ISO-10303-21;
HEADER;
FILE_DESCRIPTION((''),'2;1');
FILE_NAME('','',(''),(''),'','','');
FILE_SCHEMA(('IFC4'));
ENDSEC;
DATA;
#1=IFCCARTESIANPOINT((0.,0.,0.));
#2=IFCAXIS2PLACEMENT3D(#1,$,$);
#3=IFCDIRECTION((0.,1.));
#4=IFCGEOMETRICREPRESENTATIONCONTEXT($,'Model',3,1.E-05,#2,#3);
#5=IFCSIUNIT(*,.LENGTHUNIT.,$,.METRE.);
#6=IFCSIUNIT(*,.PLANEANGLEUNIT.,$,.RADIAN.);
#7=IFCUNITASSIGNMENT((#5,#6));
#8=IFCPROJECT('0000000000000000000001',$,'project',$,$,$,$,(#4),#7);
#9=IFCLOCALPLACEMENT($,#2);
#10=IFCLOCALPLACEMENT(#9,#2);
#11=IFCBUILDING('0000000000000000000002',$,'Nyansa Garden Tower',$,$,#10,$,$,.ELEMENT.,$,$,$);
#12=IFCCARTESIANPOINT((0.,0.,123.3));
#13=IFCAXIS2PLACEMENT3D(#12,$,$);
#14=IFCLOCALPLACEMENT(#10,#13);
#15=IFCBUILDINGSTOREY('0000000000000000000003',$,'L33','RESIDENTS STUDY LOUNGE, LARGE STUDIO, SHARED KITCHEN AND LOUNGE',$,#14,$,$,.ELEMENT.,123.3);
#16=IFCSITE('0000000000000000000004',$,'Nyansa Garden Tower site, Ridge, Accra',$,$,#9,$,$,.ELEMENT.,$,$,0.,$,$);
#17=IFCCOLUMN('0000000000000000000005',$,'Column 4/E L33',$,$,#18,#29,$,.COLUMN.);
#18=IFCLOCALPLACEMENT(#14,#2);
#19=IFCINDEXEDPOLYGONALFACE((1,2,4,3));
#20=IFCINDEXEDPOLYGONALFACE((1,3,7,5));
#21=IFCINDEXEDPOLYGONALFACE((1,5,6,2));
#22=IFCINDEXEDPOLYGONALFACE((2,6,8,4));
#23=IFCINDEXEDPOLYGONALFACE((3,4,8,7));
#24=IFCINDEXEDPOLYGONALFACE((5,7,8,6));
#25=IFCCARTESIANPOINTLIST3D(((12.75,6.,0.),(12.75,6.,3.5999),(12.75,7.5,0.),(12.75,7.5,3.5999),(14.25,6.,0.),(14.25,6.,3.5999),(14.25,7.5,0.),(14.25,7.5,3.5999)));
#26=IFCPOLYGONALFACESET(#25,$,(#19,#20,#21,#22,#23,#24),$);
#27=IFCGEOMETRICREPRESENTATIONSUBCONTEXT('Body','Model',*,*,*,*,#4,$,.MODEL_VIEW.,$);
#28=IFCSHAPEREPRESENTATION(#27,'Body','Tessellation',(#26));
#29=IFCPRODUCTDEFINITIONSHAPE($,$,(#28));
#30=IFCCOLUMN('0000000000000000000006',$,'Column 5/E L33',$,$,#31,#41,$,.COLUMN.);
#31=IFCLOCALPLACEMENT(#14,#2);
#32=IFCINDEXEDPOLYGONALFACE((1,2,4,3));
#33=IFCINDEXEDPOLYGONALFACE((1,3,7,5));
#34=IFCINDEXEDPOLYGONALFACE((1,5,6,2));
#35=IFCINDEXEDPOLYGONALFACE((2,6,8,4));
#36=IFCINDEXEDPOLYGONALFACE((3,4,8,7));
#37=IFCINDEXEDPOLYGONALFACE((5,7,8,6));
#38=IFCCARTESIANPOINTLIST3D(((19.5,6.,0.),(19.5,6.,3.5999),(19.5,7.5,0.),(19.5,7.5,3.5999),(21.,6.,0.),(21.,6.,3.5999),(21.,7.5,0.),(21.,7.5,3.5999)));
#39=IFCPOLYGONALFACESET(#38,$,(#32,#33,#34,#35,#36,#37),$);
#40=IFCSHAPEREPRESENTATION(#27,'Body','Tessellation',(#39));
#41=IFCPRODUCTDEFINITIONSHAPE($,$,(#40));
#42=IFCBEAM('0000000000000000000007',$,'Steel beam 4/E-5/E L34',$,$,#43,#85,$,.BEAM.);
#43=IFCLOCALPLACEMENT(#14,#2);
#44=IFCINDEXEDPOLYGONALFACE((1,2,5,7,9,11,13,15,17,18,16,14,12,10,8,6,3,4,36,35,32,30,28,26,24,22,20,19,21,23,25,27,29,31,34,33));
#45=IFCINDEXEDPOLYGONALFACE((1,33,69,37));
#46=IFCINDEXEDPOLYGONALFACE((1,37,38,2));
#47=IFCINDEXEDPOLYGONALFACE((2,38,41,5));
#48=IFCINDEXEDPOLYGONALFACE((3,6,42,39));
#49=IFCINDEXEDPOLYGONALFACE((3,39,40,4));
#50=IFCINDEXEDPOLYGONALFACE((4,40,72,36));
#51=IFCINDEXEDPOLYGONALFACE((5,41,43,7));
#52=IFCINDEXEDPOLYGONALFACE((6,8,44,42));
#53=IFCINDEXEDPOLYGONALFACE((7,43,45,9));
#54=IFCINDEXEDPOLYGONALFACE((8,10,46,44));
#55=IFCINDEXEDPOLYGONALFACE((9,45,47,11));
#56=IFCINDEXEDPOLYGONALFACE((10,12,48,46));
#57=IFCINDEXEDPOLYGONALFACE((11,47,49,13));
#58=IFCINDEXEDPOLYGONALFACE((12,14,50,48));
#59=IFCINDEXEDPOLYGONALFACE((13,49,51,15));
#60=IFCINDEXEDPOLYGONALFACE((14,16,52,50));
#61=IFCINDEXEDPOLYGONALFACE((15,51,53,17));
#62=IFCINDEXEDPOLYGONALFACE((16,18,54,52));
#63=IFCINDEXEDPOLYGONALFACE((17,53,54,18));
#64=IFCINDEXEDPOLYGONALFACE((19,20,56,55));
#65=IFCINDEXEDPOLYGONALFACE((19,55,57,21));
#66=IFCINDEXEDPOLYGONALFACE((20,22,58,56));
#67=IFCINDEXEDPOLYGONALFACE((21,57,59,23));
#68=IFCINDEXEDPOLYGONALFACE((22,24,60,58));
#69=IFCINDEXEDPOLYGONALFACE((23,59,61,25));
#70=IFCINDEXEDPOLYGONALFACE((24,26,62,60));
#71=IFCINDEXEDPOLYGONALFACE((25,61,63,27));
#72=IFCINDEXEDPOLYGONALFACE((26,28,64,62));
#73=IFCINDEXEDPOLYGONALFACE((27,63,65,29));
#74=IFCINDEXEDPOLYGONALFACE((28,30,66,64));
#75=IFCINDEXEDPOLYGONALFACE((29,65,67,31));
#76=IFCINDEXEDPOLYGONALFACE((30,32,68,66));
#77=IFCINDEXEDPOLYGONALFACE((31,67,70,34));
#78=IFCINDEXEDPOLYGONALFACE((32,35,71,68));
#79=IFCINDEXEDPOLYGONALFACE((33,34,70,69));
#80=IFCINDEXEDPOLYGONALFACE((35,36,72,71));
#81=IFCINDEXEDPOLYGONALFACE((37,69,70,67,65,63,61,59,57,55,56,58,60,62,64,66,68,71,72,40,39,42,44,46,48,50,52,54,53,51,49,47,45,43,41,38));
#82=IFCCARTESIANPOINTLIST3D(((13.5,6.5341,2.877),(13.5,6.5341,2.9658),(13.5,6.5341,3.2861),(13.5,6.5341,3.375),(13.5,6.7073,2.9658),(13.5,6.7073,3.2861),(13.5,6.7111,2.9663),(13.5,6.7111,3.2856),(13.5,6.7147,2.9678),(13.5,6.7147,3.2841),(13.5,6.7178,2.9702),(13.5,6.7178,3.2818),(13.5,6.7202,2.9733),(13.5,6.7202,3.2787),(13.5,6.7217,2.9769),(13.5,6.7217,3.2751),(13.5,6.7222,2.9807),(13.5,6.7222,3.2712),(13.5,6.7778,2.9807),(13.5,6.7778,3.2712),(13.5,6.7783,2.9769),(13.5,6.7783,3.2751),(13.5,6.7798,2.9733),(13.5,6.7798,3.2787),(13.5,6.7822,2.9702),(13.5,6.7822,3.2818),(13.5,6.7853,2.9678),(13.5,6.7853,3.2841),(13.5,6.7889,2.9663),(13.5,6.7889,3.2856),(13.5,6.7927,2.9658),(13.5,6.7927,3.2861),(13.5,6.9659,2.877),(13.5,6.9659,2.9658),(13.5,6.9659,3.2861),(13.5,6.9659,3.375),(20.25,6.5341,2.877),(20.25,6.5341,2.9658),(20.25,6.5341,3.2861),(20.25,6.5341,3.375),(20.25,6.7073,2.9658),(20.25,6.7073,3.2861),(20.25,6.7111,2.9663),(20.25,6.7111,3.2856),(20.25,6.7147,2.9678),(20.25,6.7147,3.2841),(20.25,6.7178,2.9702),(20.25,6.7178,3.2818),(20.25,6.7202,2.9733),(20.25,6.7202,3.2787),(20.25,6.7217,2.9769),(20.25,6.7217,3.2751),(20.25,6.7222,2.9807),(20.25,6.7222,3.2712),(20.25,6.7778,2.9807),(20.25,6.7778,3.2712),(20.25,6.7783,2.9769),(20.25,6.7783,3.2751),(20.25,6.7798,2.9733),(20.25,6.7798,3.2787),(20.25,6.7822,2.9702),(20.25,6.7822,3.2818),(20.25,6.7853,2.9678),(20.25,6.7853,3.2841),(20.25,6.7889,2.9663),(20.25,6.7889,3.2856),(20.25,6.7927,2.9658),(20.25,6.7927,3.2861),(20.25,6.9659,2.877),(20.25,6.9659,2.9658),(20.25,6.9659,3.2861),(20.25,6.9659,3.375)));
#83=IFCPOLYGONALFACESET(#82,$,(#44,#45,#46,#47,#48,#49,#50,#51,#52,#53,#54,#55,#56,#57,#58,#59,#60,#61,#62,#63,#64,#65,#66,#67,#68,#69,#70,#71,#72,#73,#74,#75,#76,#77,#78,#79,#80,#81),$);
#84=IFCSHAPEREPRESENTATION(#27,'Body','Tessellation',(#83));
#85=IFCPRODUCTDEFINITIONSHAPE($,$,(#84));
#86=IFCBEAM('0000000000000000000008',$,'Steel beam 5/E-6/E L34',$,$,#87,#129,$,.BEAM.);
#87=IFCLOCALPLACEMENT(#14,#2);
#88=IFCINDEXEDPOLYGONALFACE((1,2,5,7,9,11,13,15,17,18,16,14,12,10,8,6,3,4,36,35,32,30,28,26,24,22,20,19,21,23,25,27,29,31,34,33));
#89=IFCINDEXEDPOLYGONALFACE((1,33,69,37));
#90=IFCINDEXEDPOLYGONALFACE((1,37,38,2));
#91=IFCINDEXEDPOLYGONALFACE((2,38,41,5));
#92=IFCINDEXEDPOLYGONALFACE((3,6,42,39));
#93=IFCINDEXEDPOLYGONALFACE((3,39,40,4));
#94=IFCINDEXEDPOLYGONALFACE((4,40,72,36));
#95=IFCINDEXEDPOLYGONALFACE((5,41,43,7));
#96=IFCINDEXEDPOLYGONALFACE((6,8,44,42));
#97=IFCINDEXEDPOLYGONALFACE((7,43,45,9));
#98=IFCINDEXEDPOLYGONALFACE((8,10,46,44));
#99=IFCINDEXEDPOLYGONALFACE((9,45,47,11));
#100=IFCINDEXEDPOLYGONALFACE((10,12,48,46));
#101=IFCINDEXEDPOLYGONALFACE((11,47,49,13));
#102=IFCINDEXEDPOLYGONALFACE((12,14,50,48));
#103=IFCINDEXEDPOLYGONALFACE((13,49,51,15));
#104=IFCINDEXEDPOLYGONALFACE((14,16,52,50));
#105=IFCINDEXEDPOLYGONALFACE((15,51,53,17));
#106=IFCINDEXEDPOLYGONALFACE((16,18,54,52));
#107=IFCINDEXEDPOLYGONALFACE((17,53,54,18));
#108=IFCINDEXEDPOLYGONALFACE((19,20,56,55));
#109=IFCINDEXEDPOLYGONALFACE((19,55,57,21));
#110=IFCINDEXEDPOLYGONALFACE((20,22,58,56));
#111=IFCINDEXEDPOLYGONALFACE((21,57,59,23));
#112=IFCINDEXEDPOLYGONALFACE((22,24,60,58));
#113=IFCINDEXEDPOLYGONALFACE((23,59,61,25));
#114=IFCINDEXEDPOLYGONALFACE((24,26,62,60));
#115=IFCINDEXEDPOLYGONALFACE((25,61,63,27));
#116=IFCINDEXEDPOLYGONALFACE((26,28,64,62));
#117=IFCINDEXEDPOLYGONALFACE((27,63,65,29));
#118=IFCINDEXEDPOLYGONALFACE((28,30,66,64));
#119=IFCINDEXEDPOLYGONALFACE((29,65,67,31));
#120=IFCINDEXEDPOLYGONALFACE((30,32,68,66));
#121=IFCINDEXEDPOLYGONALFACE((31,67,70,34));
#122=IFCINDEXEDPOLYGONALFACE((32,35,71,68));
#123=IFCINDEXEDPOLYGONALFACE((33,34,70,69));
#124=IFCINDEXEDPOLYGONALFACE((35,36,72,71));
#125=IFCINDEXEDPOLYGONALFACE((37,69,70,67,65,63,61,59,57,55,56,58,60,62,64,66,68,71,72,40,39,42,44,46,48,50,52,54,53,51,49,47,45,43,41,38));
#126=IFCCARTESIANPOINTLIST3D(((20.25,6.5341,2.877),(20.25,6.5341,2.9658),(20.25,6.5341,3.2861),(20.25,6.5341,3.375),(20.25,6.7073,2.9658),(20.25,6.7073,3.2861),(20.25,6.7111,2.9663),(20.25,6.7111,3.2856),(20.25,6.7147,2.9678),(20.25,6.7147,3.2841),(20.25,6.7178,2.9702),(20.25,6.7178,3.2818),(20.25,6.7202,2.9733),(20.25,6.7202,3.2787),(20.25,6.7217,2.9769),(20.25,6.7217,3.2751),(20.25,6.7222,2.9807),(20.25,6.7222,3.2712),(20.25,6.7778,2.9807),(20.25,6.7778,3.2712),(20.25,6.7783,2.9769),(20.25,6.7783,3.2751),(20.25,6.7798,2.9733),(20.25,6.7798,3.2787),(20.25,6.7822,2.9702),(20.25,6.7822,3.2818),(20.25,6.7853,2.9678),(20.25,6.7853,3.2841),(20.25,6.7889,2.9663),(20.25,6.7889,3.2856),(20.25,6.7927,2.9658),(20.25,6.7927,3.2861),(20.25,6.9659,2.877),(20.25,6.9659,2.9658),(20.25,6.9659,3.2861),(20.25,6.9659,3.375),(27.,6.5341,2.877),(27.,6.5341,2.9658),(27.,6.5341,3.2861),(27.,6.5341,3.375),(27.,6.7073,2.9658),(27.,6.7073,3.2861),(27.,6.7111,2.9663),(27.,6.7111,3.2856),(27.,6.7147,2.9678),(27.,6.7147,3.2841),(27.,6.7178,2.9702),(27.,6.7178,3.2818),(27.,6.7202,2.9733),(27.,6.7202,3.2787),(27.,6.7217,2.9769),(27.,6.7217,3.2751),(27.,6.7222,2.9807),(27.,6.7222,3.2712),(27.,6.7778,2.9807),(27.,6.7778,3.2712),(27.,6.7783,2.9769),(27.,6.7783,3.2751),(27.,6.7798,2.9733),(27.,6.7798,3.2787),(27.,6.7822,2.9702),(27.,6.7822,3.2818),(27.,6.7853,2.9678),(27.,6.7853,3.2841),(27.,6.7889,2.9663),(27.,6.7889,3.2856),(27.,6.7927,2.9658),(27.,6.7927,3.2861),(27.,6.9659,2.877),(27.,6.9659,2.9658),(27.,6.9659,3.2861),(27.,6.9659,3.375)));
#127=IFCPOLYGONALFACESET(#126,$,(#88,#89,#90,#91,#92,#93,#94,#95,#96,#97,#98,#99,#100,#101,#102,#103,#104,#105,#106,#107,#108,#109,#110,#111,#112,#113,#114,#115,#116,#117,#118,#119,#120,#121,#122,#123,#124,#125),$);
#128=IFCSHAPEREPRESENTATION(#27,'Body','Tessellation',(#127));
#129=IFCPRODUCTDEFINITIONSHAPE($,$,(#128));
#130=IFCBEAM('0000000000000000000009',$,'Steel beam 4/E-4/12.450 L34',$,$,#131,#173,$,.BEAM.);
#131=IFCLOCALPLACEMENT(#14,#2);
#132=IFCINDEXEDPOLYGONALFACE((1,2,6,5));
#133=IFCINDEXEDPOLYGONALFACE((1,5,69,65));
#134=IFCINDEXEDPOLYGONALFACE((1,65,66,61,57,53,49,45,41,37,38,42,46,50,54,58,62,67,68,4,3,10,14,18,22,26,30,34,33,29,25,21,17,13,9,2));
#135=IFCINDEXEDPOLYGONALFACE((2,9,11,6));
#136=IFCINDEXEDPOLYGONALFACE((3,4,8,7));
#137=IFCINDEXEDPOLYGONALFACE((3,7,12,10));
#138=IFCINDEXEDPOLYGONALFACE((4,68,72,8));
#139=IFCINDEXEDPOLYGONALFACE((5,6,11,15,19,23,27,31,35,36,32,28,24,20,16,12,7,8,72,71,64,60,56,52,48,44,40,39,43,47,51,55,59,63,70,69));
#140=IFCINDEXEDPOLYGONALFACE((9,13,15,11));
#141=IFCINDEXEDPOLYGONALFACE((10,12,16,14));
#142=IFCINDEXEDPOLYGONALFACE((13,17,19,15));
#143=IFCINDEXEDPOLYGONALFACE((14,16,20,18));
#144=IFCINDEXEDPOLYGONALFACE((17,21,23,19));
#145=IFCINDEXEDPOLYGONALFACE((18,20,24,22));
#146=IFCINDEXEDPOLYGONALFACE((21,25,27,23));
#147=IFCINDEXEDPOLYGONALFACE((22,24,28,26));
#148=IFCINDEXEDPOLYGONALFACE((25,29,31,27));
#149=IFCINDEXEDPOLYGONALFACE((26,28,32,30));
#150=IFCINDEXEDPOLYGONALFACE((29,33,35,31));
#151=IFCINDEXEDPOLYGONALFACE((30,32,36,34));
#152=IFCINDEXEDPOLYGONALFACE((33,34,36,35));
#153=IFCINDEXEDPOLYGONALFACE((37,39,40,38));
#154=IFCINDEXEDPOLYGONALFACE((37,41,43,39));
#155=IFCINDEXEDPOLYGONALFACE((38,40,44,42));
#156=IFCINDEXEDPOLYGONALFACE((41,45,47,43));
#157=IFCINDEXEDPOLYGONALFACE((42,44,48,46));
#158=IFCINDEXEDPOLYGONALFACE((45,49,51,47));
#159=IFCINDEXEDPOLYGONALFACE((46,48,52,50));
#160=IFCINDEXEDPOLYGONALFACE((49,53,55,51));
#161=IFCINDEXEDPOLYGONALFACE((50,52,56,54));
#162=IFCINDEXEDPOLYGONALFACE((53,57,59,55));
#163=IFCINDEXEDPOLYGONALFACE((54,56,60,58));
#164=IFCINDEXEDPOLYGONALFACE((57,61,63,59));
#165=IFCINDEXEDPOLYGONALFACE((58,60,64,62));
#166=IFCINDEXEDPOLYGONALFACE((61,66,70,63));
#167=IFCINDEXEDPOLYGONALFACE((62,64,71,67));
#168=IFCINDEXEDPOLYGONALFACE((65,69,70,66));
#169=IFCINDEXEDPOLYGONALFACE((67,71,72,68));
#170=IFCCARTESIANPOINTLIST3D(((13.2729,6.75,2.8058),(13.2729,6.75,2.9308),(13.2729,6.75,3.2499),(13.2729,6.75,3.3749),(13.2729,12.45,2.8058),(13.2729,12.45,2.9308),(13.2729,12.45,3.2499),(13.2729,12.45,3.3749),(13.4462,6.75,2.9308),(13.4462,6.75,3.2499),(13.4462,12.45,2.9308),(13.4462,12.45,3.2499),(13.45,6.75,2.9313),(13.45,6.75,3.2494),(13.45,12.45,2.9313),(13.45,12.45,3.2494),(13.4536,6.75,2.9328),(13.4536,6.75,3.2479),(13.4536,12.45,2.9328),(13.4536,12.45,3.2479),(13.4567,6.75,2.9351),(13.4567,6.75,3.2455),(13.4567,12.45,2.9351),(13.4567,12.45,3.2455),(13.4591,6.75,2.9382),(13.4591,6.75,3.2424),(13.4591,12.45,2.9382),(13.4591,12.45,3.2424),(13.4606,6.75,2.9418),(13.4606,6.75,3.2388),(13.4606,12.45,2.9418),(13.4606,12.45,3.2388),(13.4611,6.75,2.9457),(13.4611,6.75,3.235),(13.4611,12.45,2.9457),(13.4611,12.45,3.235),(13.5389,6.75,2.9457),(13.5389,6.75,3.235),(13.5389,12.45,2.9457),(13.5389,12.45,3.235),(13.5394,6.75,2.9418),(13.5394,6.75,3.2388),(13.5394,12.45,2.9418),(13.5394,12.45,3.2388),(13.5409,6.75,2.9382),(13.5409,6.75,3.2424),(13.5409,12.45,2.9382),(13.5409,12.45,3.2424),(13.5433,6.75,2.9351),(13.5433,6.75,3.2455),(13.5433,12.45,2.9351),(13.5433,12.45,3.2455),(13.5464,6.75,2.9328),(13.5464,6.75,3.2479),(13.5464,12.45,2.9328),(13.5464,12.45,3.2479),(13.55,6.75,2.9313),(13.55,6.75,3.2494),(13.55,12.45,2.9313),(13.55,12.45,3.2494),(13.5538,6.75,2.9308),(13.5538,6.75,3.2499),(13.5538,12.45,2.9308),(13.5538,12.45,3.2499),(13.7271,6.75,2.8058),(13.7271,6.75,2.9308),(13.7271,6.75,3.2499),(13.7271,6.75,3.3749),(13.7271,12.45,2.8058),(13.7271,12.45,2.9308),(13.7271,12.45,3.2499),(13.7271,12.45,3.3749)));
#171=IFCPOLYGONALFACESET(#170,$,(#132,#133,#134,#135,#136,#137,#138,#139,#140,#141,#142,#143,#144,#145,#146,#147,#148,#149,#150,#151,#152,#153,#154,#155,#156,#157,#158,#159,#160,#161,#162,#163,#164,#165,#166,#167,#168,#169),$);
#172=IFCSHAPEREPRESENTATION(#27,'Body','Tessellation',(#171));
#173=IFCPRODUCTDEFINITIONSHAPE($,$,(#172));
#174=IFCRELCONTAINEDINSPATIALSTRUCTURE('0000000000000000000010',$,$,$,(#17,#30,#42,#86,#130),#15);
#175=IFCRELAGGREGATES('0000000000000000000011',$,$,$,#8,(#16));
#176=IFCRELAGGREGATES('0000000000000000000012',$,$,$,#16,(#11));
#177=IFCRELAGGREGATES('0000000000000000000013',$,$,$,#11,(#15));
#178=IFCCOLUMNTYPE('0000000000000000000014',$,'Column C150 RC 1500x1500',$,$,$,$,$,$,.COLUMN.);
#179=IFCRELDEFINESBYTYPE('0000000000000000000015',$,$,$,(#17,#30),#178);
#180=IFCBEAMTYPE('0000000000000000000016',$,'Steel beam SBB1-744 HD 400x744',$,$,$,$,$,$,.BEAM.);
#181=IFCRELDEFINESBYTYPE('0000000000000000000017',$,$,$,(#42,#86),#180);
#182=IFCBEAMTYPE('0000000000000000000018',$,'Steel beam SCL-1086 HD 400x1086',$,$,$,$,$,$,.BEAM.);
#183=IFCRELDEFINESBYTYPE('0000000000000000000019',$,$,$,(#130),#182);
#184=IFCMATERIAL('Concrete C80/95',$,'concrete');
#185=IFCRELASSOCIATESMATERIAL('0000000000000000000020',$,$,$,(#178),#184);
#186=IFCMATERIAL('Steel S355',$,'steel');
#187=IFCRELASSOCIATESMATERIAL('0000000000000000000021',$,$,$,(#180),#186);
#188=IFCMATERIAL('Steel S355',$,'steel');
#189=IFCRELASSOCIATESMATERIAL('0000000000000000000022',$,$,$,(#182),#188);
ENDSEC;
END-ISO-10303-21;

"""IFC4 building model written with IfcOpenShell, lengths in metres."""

from ifc_helpers import new_model, si_unit, direction, frame, origin, origin_2d, place, context, subcontext, project, spatial, rectangle, i_section, extrude, material, material_profile, profile_set, type_object, element, save


model = new_model("IFC4")

# Units and contexts
model_context = context("Model", 3, precision=1e-05, world=origin(), true_north=direction((0.0, 1.0)))
body_context = subcontext(model_context, "Body", "Model", "MODEL_VIEW")
ifc_project = project(units=[si_unit("LENGTHUNIT", "METRE"), si_unit("PLANEANGLEUNIT", "RADIAN")], contexts=[model_context])

# Site, building, storey
site_placement = place(None, origin())
site = spatial("IfcSite", under=ifc_project, at=site_placement, Name="Nyansa Garden Tower site, Ridge, Accra", CompositionType="ELEMENT", RefElevation=0.0)
building_placement = place(site_placement, origin())
building = spatial("IfcBuilding", under=site, at=building_placement, Name="Nyansa Garden Tower", CompositionType="ELEMENT")
storey_placement = place(building_placement, frame((0.0, 0.0, 123.3)))
storey = spatial("IfcBuildingStorey", under=building, at=storey_placement, Name="L33", Description="RESIDENTS STUDY LOUNGE, LARGE STUDIO, SHARED KITCHEN AND LOUNGE", CompositionType="ELEMENT", Elevation=123.3)

# Columns
ifc_material_1 = material(Name="Concrete C80/95", Category="concrete")
ifc_material_profile_1 = material_profile(ifc_material_1, rectangle(XDim=1.5, YDim=1.5, at=origin_2d()), Name="RC 1500x1500")
ifc_profile_set_1 = profile_set([ifc_material_profile_1], Name="Concrete C80/95")
column_type = type_object("IfcColumnType", Name="Column C150 RC 1500x1500", PredefinedType="COLUMN", material=ifc_profile_set_1)
for number, where, z_axis, x_axis, name in (
    (1, (13.5, 6.75, 0.0), (0.0, 0.0, 1.0), (1.0, 0.0, 0.0), "Column 4/E L33"),
    (2, (20.25, 6.75, 0.0), (0.0, 0.0, 1.0), (1.0, 0.0, 0.0), "Column 5/E L33"),
):
    element("IfcColumn", number, at=place(storey_placement, frame(where, z_axis=z_axis, x_axis=x_axis)), inside=storey, type_object=column_type, Name=name, PredefinedType="COLUMN", context=body_context, shape_type="SweptSolid", body=[
        extrude(rectangle(XDim=1.5, YDim=1.5, at=origin_2d()), origin(), (0.0, 0.0, 1.0), 3.5999),
    ])

# Beams
ifc_material_2 = material(Name="Steel S355", Category="steel")
ifc_material_profile_2 = material_profile(ifc_material_2, i_section(OverallWidth=0.4319, OverallDepth=0.498, WebThickness=0.0557, FlangeThickness=0.0889, FilletRadius=0.0149, at=origin_2d()), Name="HD 400x744")
ifc_profile_set_2 = profile_set([ifc_material_profile_2], Name="Steel S355")
beam_type_1 = type_object("IfcBeamType", Name="Steel beam SBB1-744 HD 400x744", PredefinedType="BEAM", material=ifc_profile_set_2)
for number, where, z_axis, x_axis, name in (
    (3, (13.5, 6.75, 3.126), (1.0, 0.0, 0.0), (0.0, 1.0, 0.0), "Steel beam 4/E-5/E L34"),
    (4, (20.25, 6.75, 3.126), (1.0, 0.0, 0.0), (0.0, 1.0, 0.0), "Steel beam 5/E-6/E L34"),
):
    element("IfcBeam", number, at=place(storey_placement, frame(where, z_axis=z_axis, x_axis=x_axis)), inside=storey, type_object=beam_type_1, Name=name, PredefinedType="BEAM", context=body_context, shape_type="SweptSolid", body=[
        extrude(i_section(OverallWidth=0.4319, OverallDepth=0.498, WebThickness=0.0557, FlangeThickness=0.0889, FilletRadius=0.0149, at=origin_2d()), origin(), (0.0, 0.0, 1.0), 6.75),
    ])
ifc_material_3 = material(Name="Steel S355", Category="steel")
ifc_material_profile_3 = material_profile(ifc_material_3, i_section(OverallWidth=0.4541, OverallDepth=0.5691, WebThickness=0.0779, FlangeThickness=0.125, FilletRadius=0.0149, at=origin_2d()), Name="HD 400x1086")
ifc_profile_set_3 = profile_set([ifc_material_profile_3], Name="Steel S355")
beam_type_2 = type_object("IfcBeamType", Name="Steel beam SCL-1086 HD 400x1086", PredefinedType="BEAM", material=ifc_profile_set_3)
for number, where, z_axis, x_axis, name in (
    (5, (13.5, 6.75, 3.0903), (0.0, 1.0, 0.0), (-1.0, 0.0, 0.0), "Steel beam 4/E-4/12.450 L34"),
):
    element("IfcBeam", number, at=place(storey_placement, frame(where, z_axis=z_axis, x_axis=x_axis)), inside=storey, type_object=beam_type_2, Name=name, PredefinedType="BEAM", context=body_context, shape_type="SweptSolid", body=[
        extrude(i_section(OverallWidth=0.4541, OverallDepth=0.5691, WebThickness=0.0779, FlangeThickness=0.125, FilletRadius=0.0149, at=origin_2d()), origin(), (0.0, 0.0, 1.0), 5.7),
    ])

save(model, "model.ifc")
